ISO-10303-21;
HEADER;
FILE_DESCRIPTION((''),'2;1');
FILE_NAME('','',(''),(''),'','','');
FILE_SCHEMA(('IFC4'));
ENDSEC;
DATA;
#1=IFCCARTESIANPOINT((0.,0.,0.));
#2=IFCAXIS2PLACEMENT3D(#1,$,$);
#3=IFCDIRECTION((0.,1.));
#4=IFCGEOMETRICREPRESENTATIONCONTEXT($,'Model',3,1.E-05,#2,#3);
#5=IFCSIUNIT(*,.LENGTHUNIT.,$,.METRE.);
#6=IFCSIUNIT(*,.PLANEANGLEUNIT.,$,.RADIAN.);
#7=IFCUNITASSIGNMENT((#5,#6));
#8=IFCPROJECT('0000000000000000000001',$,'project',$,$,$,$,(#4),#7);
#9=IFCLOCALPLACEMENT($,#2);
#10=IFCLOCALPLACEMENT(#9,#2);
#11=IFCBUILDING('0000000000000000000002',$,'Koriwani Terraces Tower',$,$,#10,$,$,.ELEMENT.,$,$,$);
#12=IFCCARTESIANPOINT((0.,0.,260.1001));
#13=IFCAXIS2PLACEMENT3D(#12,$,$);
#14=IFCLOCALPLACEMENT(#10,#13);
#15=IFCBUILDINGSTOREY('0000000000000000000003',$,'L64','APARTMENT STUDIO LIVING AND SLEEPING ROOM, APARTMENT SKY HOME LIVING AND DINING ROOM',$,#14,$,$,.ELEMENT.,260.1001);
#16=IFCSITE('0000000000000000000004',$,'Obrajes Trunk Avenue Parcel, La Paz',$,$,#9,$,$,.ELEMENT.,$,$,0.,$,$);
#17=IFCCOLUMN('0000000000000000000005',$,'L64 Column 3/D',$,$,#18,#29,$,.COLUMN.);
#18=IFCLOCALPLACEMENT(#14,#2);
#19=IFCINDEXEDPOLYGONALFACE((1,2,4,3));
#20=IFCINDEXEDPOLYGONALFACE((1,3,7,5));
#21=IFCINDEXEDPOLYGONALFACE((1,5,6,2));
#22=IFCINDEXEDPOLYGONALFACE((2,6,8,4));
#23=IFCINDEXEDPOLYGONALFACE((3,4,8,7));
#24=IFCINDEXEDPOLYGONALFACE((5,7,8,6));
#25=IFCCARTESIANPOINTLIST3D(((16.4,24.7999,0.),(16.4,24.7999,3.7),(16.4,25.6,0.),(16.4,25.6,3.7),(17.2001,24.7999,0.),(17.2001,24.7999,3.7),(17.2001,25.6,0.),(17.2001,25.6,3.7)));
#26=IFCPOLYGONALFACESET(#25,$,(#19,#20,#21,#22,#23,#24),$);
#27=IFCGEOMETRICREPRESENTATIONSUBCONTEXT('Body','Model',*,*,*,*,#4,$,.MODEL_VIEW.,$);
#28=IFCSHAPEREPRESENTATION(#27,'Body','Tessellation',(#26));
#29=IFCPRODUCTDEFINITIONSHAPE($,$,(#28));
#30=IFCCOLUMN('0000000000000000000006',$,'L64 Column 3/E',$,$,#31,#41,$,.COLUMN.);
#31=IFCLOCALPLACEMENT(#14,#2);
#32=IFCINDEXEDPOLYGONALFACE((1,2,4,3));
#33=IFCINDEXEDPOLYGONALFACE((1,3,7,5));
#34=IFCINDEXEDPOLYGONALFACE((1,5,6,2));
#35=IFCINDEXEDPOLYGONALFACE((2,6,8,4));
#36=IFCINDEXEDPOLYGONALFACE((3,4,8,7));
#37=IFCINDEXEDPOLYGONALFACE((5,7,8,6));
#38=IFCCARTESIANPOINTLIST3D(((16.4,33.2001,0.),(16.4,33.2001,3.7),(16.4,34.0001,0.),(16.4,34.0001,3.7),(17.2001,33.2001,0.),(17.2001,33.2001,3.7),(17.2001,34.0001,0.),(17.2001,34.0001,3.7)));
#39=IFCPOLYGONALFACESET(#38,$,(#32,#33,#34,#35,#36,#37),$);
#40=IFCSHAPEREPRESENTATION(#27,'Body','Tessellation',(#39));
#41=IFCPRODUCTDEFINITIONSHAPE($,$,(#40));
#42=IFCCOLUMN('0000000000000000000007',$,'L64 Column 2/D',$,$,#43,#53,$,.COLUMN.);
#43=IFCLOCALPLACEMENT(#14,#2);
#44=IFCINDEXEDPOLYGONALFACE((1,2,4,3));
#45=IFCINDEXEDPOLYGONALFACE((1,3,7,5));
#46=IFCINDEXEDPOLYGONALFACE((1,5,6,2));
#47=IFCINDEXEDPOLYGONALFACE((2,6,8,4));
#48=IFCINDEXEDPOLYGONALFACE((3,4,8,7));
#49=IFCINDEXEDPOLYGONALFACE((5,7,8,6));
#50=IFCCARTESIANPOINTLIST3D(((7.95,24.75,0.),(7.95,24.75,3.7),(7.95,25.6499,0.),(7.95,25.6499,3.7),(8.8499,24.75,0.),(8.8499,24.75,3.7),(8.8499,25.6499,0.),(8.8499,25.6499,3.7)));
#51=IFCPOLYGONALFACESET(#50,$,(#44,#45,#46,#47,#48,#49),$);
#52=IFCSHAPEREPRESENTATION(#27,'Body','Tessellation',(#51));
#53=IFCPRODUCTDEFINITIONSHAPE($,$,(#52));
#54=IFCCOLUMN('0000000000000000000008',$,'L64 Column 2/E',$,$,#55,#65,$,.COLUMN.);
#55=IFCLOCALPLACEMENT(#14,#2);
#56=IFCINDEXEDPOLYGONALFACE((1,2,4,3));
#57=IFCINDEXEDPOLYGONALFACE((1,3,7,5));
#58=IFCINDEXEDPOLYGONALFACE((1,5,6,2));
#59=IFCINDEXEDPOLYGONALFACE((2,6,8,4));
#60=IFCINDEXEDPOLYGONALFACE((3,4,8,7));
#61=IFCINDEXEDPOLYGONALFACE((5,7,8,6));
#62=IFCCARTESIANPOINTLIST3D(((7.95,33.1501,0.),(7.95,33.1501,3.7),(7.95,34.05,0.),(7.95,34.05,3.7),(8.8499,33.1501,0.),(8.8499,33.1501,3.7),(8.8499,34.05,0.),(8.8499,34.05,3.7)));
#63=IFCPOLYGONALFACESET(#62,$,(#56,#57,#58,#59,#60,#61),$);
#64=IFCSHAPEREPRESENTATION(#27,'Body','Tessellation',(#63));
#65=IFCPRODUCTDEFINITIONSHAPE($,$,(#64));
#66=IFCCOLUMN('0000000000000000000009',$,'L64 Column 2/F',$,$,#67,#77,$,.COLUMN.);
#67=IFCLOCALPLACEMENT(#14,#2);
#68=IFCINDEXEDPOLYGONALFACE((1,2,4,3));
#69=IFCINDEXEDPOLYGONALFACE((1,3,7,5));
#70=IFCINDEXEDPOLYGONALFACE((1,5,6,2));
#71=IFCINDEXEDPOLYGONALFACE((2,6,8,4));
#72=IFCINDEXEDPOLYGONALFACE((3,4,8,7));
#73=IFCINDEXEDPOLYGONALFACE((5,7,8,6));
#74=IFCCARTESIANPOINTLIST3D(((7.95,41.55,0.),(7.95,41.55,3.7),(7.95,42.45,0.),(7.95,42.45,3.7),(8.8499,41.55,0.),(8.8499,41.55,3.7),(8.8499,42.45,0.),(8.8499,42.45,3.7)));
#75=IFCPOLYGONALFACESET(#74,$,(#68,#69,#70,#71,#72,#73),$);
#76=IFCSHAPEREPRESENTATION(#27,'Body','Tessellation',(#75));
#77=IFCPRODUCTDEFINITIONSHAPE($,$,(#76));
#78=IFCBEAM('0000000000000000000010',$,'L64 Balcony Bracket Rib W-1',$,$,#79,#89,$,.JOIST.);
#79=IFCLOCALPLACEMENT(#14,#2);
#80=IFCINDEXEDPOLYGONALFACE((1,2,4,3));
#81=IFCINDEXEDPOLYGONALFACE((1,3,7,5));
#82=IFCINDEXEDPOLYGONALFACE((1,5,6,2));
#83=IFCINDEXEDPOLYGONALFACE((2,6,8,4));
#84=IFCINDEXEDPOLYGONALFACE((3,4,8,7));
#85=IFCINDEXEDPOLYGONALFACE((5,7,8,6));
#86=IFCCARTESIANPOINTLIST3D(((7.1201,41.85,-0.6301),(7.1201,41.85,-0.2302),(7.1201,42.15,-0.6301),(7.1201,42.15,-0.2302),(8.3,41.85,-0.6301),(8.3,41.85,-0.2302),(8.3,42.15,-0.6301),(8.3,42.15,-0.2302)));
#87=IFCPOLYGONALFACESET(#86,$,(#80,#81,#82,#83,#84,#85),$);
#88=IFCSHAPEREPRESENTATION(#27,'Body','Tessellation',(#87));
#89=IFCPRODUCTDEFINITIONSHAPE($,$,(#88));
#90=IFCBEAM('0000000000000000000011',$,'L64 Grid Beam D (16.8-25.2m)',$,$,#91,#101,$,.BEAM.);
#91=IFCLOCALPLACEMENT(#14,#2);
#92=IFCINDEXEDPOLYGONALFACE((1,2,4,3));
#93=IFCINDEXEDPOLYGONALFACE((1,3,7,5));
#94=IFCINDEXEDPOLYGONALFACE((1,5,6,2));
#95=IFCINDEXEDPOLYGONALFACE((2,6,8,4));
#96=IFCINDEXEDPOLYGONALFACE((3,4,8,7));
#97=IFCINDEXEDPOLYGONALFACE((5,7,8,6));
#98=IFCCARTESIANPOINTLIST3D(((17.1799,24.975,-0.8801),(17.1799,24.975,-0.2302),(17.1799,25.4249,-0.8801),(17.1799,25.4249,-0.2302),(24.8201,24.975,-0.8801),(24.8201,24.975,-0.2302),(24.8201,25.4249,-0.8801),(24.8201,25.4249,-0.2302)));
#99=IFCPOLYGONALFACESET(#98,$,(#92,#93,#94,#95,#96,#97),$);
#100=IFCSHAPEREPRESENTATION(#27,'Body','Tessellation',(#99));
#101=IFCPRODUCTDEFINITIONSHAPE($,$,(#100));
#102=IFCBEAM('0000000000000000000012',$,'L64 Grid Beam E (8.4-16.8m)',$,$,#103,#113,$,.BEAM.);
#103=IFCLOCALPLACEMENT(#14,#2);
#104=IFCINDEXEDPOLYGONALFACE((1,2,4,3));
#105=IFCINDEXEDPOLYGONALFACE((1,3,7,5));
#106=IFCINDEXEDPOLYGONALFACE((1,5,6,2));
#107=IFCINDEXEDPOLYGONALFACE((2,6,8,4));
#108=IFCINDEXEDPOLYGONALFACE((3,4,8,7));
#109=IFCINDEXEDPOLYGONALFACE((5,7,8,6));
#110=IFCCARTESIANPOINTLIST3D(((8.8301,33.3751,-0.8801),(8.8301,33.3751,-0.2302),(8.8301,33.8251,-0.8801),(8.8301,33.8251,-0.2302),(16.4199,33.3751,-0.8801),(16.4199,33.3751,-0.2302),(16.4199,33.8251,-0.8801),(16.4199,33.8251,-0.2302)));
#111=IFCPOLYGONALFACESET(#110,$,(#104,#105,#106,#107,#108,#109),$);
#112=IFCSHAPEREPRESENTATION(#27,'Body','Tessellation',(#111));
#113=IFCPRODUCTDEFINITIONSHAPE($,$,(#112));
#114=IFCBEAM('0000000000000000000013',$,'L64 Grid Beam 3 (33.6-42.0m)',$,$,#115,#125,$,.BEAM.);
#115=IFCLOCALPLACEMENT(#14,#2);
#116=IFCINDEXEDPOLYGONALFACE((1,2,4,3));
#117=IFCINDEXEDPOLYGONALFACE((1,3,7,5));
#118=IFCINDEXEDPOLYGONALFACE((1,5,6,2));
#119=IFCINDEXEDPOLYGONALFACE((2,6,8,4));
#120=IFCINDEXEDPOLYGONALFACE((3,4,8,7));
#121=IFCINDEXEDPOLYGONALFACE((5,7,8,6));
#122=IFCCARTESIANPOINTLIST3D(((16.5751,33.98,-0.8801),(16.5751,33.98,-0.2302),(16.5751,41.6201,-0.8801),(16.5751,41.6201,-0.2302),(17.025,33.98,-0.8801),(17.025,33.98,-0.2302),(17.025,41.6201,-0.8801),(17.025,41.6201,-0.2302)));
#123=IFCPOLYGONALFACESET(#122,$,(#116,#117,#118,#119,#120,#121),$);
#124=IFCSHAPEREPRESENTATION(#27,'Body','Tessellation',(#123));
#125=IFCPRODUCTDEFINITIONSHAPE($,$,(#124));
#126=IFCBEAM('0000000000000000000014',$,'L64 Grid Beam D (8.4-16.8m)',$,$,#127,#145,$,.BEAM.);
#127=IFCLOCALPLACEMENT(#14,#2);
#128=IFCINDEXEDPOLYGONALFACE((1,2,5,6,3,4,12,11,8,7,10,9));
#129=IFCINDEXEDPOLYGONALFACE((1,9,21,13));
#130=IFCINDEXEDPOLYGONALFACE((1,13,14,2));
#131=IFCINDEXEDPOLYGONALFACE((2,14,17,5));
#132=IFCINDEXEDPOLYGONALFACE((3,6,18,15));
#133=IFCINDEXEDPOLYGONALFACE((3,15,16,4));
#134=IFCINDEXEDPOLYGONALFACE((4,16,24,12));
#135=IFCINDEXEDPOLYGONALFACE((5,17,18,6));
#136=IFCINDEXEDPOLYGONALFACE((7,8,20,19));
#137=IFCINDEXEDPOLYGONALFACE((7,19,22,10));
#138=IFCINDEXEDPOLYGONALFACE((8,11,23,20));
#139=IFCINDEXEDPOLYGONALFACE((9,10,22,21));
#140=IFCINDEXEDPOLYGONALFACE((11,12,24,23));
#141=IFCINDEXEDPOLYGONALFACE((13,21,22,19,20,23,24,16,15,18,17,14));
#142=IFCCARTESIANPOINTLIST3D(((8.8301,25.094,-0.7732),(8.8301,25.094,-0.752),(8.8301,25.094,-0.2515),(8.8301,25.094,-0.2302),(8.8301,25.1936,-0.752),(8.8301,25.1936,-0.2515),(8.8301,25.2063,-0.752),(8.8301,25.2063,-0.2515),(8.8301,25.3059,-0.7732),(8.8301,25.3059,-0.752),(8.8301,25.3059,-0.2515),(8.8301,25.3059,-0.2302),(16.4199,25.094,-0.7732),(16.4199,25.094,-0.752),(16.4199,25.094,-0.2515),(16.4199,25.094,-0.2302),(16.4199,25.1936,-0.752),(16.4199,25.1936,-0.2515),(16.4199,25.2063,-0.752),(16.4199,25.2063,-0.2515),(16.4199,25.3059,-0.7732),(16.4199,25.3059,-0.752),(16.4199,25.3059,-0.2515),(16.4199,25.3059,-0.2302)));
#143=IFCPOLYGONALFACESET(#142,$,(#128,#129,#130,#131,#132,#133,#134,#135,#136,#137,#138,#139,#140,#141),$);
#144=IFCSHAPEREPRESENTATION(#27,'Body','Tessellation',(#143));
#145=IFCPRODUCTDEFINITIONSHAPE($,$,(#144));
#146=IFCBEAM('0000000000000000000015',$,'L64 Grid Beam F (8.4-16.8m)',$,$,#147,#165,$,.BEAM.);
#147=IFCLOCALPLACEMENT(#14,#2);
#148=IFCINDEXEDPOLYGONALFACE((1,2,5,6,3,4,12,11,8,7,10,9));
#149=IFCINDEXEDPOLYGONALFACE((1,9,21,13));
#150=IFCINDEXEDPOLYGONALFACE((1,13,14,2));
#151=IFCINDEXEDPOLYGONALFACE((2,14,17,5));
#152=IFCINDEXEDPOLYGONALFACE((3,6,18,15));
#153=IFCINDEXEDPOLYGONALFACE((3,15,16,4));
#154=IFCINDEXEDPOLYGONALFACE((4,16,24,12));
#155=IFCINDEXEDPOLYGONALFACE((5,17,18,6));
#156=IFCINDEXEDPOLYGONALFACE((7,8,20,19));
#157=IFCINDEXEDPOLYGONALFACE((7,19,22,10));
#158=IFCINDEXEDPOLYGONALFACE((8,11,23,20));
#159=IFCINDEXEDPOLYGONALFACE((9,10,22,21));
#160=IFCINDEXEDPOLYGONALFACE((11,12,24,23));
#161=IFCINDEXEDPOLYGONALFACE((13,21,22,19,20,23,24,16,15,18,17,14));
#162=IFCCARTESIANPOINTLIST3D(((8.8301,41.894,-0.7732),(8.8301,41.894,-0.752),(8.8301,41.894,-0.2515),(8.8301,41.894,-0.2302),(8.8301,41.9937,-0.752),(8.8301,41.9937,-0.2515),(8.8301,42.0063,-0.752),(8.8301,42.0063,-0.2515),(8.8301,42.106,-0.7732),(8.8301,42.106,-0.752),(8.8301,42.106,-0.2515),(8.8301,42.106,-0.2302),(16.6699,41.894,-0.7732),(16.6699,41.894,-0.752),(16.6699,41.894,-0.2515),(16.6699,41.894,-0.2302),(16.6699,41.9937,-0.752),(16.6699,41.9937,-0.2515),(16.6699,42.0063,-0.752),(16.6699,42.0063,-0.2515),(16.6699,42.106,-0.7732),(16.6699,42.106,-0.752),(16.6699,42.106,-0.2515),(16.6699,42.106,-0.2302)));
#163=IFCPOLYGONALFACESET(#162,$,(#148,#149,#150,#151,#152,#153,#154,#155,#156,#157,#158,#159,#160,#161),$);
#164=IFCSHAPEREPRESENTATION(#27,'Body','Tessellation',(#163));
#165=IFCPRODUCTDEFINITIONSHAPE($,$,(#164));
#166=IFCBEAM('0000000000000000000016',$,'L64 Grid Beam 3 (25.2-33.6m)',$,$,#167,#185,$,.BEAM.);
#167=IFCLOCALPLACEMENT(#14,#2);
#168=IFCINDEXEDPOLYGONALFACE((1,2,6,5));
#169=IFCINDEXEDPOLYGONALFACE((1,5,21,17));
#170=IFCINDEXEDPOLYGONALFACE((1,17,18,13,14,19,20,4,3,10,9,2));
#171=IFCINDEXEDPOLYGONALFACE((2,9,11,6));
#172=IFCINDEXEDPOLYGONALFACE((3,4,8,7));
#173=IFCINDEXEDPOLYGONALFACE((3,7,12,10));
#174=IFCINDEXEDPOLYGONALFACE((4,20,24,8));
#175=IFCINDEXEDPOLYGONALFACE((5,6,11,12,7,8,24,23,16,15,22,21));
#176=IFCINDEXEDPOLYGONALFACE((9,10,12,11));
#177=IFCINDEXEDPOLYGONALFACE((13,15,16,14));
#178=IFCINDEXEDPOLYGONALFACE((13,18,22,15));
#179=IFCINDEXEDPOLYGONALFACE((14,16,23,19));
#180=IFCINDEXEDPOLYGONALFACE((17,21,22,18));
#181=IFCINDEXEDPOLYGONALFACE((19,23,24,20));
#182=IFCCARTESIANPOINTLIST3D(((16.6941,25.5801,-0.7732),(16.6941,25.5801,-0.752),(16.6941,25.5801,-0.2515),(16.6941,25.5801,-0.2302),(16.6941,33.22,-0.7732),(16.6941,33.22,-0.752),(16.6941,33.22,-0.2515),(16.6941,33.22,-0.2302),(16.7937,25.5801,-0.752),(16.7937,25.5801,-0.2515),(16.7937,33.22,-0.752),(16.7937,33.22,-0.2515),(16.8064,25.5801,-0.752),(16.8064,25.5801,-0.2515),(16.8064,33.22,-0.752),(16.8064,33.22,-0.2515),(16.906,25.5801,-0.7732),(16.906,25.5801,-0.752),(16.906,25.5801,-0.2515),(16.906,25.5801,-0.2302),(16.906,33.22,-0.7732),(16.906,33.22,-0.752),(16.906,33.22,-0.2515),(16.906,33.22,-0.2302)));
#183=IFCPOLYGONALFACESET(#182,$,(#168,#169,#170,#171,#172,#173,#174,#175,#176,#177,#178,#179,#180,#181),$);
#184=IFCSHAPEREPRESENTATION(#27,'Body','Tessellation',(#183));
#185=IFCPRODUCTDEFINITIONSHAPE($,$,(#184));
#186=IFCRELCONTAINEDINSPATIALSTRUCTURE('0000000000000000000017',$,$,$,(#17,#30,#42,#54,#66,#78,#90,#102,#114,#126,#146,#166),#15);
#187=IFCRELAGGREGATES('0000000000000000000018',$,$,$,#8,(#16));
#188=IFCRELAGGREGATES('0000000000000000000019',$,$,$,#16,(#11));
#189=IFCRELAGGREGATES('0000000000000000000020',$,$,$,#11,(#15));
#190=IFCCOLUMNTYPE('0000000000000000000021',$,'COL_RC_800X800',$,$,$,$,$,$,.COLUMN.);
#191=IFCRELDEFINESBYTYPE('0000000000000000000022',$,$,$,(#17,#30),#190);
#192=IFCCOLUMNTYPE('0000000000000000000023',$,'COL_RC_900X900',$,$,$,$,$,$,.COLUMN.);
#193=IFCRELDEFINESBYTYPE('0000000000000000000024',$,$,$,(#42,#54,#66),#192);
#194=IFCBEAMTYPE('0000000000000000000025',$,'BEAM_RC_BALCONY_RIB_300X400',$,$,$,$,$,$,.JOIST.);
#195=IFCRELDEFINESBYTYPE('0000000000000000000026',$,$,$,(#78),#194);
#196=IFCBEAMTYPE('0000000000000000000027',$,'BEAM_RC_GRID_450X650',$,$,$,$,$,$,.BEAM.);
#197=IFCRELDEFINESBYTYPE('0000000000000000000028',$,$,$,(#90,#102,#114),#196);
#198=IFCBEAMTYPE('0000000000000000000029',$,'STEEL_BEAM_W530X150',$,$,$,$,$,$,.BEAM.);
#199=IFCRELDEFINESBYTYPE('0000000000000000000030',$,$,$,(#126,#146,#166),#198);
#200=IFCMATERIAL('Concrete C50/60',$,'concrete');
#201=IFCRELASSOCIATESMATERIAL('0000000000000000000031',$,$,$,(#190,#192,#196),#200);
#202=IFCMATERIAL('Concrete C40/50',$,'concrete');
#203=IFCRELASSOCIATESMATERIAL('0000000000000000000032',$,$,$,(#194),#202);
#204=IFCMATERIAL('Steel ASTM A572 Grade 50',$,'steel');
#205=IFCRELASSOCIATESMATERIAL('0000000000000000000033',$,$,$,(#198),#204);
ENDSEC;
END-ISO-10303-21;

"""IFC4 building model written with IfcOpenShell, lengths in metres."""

from ifc_helpers import new_model, si_unit, direction, frame, origin, origin_2d, place, context, subcontext, project, spatial, rectangle, i_section, extrude, material, material_profile, profile_set, type_object, element, save


model = new_model("IFC4")

# Units and contexts
model_context = context("Model", 3, precision=1e-05, world=origin(), true_north=direction((0.0, 1.0)))
body_context = subcontext(model_context, "Body", "Model", "MODEL_VIEW")
ifc_project = project(units=[si_unit("LENGTHUNIT", "METRE"), si_unit("PLANEANGLEUNIT", "RADIAN")], contexts=[model_context])

# Site, building, storey
site_placement = place(None, origin())
site = spatial("IfcSite", under=ifc_project, at=site_placement, Name="Obrajes Trunk Avenue Parcel, La Paz", CompositionType="ELEMENT", RefElevation=0.0)
building_placement = place(site_placement, origin())
building = spatial("IfcBuilding", under=site, at=building_placement, Name="Koriwani Terraces Tower", CompositionType="ELEMENT")
storey_placement = place(building_placement, frame((0.0, 0.0, 260.1001)))
storey = spatial("IfcBuildingStorey", under=building, at=storey_placement, Name="L64", Description="APARTMENT STUDIO LIVING AND SLEEPING ROOM, APARTMENT SKY HOME LIVING AND DINING ROOM", CompositionType="ELEMENT", Elevation=260.1001)

# Columns
ifc_material_1 = material(Name="Concrete C50/60", Category="concrete")
ifc_material_profile_1 = material_profile(ifc_material_1, rectangle(XDim=0.8, YDim=0.8, at=origin_2d()), Name="Concrete C50/60", Category="LoadBearing")
ifc_profile_set_1 = profile_set([ifc_material_profile_1], Name="Concrete C50/60")
column_type_1 = type_object("IfcColumnType", Name="COL_RC_800X800", PredefinedType="COLUMN", material=ifc_profile_set_1)
for number, where, z_axis, x_axis, name in (
    (1, (16.8, 25.2, 0.0), (0.0, 0.0, 1.0), (1.0, 0.0, 0.0), "L64 Column 3/D"),
    (2, (16.8, 33.6001, 0.0), (0.0, 0.0, 1.0), (1.0, 0.0, 0.0), "L64 Column 3/E"),
):
    element("IfcColumn", number, at=place(storey_placement, frame(where, z_axis=z_axis, x_axis=x_axis)), inside=storey, type_object=column_type_1, Name=name, PredefinedType="COLUMN", context=body_context, shape_type="SweptSolid", body=[
        extrude(rectangle(XDim=0.8, YDim=0.8, at=origin_2d()), origin(), (0.0, 0.0, 1.0), 3.7),
    ])
ifc_material_profile_2 = material_profile(ifc_material_1, rectangle(XDim=0.8999, YDim=0.8999, at=origin_2d()), Name="Concrete C50/60", Category="LoadBearing")
ifc_profile_set_2 = profile_set([ifc_material_profile_2], Name="Concrete C50/60")
column_type_2 = type_object("IfcColumnType", Name="COL_RC_900X900", PredefinedType="COLUMN", material=ifc_profile_set_2)
for number, where, z_axis, x_axis, name in (
    (3, (8.3999, 25.2, 0.0), (0.0, 0.0, 1.0), (1.0, 0.0, 0.0), "L64 Column 2/D"),
    (4, (8.3999, 33.6001, 0.0), (0.0, 0.0, 1.0), (1.0, 0.0, 0.0), "L64 Column 2/E"),
    (5, (8.3999, 42.0, 0.0), (0.0, 0.0, 1.0), (1.0, 0.0, 0.0), "L64 Column 2/F"),
):
    element("IfcColumn", number, at=place(storey_placement, frame(where, z_axis=z_axis, x_axis=x_axis)), inside=storey, type_object=column_type_2, Name=name, PredefinedType="COLUMN", context=body_context, shape_type="SweptSolid", body=[
        extrude(rectangle(XDim=0.8999, YDim=0.8999, at=origin_2d()), origin(), (0.0, 0.0, 1.0), 3.7),
    ])

# Beams
ifc_material_2 = material(Name="Concrete C40/50", Category="concrete")
ifc_material_profile_3 = material_profile(ifc_material_2, rectangle(XDim=0.3, YDim=0.3999, at=origin_2d()), Name="Concrete C40/50", Category="LoadBearing")
ifc_profile_set_3 = profile_set([ifc_material_profile_3], Name="Concrete C40/50")
beam_type_1 = type_object("IfcBeamType", Name="BEAM_RC_BALCONY_RIB_300X400", PredefinedType="JOIST", material=ifc_profile_set_3)
beam_1_placement = place(storey_placement, frame((7.1201, 42.0, -0.4302), z_axis=(1.0, 0.0, 0.0), x_axis=(0.0, 1.0, 0.0)))
element("IfcBeam", 6, at=beam_1_placement, inside=storey, type_object=beam_type_1, Name="L64 Balcony Bracket Rib W-1", PredefinedType="JOIST", context=body_context, shape_type="SweptSolid", body=[
    extrude(rectangle(XDim=0.3, YDim=0.3999, at=origin_2d()), origin(), (0.0, 0.0, 1.0), 1.1799),
])
ifc_material_profile_4 = material_profile(ifc_material_1, rectangle(XDim=0.45, YDim=0.6499, at=origin_2d()), Name="Concrete C50/60", Category="LoadBearing")
ifc_profile_set_4 = profile_set([ifc_material_profile_4], Name="Concrete C50/60")
beam_type_2 = type_object("IfcBeamType", Name="BEAM_RC_GRID_450X650", PredefinedType="BEAM", material=ifc_profile_set_4)
beam_2_placement = place(storey_placement, frame((17.1799, 25.2, -0.5552), z_axis=(1.0, 0.0, 0.0), x_axis=(0.0, 1.0, 0.0)))
element("IfcBeam", 7, at=beam_2_placement, inside=storey, type_object=beam_type_2, Name="L64 Grid Beam D (16.8-25.2m)", PredefinedType="BEAM", context=body_context, shape_type="SweptSolid", body=[
    extrude(rectangle(XDim=0.45, YDim=0.6499, at=origin_2d()), origin(), (0.0, 0.0, 1.0), 7.6401),
])
beam_3_placement = place(storey_placement, frame((8.8301, 33.6001, -0.5552), z_axis=(1.0, 0.0, 0.0), x_axis=(0.0, 1.0, 0.0)))
element("IfcBeam", 8, at=beam_3_placement, inside=storey, type_object=beam_type_2, Name="L64 Grid Beam E (8.4-16.8m)", PredefinedType="BEAM", context=body_context, shape_type="SweptSolid", body=[
    extrude(rectangle(XDim=0.45, YDim=0.6499, at=origin_2d()), origin(), (0.0, 0.0, 1.0), 7.5898),
])
beam_4_placement = place(storey_placement, frame((16.8, 33.98, -0.5552), z_axis=(0.0, 1.0, 0.0), x_axis=(-1.0, 0.0, 0.0)))
element("IfcBeam", 9, at=beam_4_placement, inside=storey, type_object=beam_type_2, Name="L64 Grid Beam 3 (33.6-42.0m)", PredefinedType="BEAM", context=body_context, shape_type="SweptSolid", body=[
    extrude(rectangle(XDim=0.45, YDim=0.6499, at=origin_2d()), origin(), (0.0, 0.0, 1.0), 7.6401),
])
ifc_material_3 = material(Name="Steel ASTM A572 Grade 50", Category="steel")
ifc_material_profile_5 = material_profile(ifc_material_3, i_section(OverallWidth=0.2119, OverallDepth=0.543, WebThickness=0.0127, FlangeThickness=0.0212, at=origin_2d()), Name="Steel ASTM A572 Grade 50", Category="LoadBearing")
ifc_profile_set_5 = profile_set([ifc_material_profile_5], Name="Steel ASTM A572 Grade 50")
beam_type_3 = type_object("IfcBeamType", Name="STEEL_BEAM_W530X150", PredefinedType="BEAM", material=ifc_profile_set_5)
beam_5_placement = place(storey_placement, frame((8.8301, 25.2, -0.5017), z_axis=(1.0, 0.0, 0.0), x_axis=(0.0, 1.0, 0.0)))
element("IfcBeam", 10, at=beam_5_placement, inside=storey, type_object=beam_type_3, Name="L64 Grid Beam D (8.4-16.8m)", PredefinedType="BEAM", context=body_context, shape_type="SweptSolid", body=[
    extrude(i_section(OverallWidth=0.2119, OverallDepth=0.543, WebThickness=0.0127, FlangeThickness=0.0212, at=origin_2d()), origin(), (0.0, 0.0, 1.0), 7.5898),
])
beam_6_placement = place(storey_placement, frame((8.8301, 42.0, -0.5017), z_axis=(1.0, 0.0, 0.0), x_axis=(0.0, 1.0, 0.0)))
element("IfcBeam", 11, at=beam_6_placement, inside=storey, type_object=beam_type_3, Name="L64 Grid Beam F (8.4-16.8m)", PredefinedType="BEAM", context=body_context, shape_type="SweptSolid", body=[
    extrude(i_section(OverallWidth=0.2119, OverallDepth=0.543, WebThickness=0.0127, FlangeThickness=0.0212, at=origin_2d()), origin(), (0.0, 0.0, 1.0), 7.8398),
])
beam_7_placement = place(storey_placement, frame((16.8, 25.5801, -0.5017), z_axis=(0.0, 1.0, 0.0), x_axis=(-1.0, 0.0, 0.0)))
element("IfcBeam", 12, at=beam_7_placement, inside=storey, type_object=beam_type_3, Name="L64 Grid Beam 3 (25.2-33.6m)", PredefinedType="BEAM", context=body_context, shape_type="SweptSolid", body=[
    extrude(i_section(OverallWidth=0.2119, OverallDepth=0.543, WebThickness=0.0127, FlangeThickness=0.0212, at=origin_2d()), origin(), (0.0, 0.0, 1.0), 7.6399),
])

save(model, "model.ifc")
